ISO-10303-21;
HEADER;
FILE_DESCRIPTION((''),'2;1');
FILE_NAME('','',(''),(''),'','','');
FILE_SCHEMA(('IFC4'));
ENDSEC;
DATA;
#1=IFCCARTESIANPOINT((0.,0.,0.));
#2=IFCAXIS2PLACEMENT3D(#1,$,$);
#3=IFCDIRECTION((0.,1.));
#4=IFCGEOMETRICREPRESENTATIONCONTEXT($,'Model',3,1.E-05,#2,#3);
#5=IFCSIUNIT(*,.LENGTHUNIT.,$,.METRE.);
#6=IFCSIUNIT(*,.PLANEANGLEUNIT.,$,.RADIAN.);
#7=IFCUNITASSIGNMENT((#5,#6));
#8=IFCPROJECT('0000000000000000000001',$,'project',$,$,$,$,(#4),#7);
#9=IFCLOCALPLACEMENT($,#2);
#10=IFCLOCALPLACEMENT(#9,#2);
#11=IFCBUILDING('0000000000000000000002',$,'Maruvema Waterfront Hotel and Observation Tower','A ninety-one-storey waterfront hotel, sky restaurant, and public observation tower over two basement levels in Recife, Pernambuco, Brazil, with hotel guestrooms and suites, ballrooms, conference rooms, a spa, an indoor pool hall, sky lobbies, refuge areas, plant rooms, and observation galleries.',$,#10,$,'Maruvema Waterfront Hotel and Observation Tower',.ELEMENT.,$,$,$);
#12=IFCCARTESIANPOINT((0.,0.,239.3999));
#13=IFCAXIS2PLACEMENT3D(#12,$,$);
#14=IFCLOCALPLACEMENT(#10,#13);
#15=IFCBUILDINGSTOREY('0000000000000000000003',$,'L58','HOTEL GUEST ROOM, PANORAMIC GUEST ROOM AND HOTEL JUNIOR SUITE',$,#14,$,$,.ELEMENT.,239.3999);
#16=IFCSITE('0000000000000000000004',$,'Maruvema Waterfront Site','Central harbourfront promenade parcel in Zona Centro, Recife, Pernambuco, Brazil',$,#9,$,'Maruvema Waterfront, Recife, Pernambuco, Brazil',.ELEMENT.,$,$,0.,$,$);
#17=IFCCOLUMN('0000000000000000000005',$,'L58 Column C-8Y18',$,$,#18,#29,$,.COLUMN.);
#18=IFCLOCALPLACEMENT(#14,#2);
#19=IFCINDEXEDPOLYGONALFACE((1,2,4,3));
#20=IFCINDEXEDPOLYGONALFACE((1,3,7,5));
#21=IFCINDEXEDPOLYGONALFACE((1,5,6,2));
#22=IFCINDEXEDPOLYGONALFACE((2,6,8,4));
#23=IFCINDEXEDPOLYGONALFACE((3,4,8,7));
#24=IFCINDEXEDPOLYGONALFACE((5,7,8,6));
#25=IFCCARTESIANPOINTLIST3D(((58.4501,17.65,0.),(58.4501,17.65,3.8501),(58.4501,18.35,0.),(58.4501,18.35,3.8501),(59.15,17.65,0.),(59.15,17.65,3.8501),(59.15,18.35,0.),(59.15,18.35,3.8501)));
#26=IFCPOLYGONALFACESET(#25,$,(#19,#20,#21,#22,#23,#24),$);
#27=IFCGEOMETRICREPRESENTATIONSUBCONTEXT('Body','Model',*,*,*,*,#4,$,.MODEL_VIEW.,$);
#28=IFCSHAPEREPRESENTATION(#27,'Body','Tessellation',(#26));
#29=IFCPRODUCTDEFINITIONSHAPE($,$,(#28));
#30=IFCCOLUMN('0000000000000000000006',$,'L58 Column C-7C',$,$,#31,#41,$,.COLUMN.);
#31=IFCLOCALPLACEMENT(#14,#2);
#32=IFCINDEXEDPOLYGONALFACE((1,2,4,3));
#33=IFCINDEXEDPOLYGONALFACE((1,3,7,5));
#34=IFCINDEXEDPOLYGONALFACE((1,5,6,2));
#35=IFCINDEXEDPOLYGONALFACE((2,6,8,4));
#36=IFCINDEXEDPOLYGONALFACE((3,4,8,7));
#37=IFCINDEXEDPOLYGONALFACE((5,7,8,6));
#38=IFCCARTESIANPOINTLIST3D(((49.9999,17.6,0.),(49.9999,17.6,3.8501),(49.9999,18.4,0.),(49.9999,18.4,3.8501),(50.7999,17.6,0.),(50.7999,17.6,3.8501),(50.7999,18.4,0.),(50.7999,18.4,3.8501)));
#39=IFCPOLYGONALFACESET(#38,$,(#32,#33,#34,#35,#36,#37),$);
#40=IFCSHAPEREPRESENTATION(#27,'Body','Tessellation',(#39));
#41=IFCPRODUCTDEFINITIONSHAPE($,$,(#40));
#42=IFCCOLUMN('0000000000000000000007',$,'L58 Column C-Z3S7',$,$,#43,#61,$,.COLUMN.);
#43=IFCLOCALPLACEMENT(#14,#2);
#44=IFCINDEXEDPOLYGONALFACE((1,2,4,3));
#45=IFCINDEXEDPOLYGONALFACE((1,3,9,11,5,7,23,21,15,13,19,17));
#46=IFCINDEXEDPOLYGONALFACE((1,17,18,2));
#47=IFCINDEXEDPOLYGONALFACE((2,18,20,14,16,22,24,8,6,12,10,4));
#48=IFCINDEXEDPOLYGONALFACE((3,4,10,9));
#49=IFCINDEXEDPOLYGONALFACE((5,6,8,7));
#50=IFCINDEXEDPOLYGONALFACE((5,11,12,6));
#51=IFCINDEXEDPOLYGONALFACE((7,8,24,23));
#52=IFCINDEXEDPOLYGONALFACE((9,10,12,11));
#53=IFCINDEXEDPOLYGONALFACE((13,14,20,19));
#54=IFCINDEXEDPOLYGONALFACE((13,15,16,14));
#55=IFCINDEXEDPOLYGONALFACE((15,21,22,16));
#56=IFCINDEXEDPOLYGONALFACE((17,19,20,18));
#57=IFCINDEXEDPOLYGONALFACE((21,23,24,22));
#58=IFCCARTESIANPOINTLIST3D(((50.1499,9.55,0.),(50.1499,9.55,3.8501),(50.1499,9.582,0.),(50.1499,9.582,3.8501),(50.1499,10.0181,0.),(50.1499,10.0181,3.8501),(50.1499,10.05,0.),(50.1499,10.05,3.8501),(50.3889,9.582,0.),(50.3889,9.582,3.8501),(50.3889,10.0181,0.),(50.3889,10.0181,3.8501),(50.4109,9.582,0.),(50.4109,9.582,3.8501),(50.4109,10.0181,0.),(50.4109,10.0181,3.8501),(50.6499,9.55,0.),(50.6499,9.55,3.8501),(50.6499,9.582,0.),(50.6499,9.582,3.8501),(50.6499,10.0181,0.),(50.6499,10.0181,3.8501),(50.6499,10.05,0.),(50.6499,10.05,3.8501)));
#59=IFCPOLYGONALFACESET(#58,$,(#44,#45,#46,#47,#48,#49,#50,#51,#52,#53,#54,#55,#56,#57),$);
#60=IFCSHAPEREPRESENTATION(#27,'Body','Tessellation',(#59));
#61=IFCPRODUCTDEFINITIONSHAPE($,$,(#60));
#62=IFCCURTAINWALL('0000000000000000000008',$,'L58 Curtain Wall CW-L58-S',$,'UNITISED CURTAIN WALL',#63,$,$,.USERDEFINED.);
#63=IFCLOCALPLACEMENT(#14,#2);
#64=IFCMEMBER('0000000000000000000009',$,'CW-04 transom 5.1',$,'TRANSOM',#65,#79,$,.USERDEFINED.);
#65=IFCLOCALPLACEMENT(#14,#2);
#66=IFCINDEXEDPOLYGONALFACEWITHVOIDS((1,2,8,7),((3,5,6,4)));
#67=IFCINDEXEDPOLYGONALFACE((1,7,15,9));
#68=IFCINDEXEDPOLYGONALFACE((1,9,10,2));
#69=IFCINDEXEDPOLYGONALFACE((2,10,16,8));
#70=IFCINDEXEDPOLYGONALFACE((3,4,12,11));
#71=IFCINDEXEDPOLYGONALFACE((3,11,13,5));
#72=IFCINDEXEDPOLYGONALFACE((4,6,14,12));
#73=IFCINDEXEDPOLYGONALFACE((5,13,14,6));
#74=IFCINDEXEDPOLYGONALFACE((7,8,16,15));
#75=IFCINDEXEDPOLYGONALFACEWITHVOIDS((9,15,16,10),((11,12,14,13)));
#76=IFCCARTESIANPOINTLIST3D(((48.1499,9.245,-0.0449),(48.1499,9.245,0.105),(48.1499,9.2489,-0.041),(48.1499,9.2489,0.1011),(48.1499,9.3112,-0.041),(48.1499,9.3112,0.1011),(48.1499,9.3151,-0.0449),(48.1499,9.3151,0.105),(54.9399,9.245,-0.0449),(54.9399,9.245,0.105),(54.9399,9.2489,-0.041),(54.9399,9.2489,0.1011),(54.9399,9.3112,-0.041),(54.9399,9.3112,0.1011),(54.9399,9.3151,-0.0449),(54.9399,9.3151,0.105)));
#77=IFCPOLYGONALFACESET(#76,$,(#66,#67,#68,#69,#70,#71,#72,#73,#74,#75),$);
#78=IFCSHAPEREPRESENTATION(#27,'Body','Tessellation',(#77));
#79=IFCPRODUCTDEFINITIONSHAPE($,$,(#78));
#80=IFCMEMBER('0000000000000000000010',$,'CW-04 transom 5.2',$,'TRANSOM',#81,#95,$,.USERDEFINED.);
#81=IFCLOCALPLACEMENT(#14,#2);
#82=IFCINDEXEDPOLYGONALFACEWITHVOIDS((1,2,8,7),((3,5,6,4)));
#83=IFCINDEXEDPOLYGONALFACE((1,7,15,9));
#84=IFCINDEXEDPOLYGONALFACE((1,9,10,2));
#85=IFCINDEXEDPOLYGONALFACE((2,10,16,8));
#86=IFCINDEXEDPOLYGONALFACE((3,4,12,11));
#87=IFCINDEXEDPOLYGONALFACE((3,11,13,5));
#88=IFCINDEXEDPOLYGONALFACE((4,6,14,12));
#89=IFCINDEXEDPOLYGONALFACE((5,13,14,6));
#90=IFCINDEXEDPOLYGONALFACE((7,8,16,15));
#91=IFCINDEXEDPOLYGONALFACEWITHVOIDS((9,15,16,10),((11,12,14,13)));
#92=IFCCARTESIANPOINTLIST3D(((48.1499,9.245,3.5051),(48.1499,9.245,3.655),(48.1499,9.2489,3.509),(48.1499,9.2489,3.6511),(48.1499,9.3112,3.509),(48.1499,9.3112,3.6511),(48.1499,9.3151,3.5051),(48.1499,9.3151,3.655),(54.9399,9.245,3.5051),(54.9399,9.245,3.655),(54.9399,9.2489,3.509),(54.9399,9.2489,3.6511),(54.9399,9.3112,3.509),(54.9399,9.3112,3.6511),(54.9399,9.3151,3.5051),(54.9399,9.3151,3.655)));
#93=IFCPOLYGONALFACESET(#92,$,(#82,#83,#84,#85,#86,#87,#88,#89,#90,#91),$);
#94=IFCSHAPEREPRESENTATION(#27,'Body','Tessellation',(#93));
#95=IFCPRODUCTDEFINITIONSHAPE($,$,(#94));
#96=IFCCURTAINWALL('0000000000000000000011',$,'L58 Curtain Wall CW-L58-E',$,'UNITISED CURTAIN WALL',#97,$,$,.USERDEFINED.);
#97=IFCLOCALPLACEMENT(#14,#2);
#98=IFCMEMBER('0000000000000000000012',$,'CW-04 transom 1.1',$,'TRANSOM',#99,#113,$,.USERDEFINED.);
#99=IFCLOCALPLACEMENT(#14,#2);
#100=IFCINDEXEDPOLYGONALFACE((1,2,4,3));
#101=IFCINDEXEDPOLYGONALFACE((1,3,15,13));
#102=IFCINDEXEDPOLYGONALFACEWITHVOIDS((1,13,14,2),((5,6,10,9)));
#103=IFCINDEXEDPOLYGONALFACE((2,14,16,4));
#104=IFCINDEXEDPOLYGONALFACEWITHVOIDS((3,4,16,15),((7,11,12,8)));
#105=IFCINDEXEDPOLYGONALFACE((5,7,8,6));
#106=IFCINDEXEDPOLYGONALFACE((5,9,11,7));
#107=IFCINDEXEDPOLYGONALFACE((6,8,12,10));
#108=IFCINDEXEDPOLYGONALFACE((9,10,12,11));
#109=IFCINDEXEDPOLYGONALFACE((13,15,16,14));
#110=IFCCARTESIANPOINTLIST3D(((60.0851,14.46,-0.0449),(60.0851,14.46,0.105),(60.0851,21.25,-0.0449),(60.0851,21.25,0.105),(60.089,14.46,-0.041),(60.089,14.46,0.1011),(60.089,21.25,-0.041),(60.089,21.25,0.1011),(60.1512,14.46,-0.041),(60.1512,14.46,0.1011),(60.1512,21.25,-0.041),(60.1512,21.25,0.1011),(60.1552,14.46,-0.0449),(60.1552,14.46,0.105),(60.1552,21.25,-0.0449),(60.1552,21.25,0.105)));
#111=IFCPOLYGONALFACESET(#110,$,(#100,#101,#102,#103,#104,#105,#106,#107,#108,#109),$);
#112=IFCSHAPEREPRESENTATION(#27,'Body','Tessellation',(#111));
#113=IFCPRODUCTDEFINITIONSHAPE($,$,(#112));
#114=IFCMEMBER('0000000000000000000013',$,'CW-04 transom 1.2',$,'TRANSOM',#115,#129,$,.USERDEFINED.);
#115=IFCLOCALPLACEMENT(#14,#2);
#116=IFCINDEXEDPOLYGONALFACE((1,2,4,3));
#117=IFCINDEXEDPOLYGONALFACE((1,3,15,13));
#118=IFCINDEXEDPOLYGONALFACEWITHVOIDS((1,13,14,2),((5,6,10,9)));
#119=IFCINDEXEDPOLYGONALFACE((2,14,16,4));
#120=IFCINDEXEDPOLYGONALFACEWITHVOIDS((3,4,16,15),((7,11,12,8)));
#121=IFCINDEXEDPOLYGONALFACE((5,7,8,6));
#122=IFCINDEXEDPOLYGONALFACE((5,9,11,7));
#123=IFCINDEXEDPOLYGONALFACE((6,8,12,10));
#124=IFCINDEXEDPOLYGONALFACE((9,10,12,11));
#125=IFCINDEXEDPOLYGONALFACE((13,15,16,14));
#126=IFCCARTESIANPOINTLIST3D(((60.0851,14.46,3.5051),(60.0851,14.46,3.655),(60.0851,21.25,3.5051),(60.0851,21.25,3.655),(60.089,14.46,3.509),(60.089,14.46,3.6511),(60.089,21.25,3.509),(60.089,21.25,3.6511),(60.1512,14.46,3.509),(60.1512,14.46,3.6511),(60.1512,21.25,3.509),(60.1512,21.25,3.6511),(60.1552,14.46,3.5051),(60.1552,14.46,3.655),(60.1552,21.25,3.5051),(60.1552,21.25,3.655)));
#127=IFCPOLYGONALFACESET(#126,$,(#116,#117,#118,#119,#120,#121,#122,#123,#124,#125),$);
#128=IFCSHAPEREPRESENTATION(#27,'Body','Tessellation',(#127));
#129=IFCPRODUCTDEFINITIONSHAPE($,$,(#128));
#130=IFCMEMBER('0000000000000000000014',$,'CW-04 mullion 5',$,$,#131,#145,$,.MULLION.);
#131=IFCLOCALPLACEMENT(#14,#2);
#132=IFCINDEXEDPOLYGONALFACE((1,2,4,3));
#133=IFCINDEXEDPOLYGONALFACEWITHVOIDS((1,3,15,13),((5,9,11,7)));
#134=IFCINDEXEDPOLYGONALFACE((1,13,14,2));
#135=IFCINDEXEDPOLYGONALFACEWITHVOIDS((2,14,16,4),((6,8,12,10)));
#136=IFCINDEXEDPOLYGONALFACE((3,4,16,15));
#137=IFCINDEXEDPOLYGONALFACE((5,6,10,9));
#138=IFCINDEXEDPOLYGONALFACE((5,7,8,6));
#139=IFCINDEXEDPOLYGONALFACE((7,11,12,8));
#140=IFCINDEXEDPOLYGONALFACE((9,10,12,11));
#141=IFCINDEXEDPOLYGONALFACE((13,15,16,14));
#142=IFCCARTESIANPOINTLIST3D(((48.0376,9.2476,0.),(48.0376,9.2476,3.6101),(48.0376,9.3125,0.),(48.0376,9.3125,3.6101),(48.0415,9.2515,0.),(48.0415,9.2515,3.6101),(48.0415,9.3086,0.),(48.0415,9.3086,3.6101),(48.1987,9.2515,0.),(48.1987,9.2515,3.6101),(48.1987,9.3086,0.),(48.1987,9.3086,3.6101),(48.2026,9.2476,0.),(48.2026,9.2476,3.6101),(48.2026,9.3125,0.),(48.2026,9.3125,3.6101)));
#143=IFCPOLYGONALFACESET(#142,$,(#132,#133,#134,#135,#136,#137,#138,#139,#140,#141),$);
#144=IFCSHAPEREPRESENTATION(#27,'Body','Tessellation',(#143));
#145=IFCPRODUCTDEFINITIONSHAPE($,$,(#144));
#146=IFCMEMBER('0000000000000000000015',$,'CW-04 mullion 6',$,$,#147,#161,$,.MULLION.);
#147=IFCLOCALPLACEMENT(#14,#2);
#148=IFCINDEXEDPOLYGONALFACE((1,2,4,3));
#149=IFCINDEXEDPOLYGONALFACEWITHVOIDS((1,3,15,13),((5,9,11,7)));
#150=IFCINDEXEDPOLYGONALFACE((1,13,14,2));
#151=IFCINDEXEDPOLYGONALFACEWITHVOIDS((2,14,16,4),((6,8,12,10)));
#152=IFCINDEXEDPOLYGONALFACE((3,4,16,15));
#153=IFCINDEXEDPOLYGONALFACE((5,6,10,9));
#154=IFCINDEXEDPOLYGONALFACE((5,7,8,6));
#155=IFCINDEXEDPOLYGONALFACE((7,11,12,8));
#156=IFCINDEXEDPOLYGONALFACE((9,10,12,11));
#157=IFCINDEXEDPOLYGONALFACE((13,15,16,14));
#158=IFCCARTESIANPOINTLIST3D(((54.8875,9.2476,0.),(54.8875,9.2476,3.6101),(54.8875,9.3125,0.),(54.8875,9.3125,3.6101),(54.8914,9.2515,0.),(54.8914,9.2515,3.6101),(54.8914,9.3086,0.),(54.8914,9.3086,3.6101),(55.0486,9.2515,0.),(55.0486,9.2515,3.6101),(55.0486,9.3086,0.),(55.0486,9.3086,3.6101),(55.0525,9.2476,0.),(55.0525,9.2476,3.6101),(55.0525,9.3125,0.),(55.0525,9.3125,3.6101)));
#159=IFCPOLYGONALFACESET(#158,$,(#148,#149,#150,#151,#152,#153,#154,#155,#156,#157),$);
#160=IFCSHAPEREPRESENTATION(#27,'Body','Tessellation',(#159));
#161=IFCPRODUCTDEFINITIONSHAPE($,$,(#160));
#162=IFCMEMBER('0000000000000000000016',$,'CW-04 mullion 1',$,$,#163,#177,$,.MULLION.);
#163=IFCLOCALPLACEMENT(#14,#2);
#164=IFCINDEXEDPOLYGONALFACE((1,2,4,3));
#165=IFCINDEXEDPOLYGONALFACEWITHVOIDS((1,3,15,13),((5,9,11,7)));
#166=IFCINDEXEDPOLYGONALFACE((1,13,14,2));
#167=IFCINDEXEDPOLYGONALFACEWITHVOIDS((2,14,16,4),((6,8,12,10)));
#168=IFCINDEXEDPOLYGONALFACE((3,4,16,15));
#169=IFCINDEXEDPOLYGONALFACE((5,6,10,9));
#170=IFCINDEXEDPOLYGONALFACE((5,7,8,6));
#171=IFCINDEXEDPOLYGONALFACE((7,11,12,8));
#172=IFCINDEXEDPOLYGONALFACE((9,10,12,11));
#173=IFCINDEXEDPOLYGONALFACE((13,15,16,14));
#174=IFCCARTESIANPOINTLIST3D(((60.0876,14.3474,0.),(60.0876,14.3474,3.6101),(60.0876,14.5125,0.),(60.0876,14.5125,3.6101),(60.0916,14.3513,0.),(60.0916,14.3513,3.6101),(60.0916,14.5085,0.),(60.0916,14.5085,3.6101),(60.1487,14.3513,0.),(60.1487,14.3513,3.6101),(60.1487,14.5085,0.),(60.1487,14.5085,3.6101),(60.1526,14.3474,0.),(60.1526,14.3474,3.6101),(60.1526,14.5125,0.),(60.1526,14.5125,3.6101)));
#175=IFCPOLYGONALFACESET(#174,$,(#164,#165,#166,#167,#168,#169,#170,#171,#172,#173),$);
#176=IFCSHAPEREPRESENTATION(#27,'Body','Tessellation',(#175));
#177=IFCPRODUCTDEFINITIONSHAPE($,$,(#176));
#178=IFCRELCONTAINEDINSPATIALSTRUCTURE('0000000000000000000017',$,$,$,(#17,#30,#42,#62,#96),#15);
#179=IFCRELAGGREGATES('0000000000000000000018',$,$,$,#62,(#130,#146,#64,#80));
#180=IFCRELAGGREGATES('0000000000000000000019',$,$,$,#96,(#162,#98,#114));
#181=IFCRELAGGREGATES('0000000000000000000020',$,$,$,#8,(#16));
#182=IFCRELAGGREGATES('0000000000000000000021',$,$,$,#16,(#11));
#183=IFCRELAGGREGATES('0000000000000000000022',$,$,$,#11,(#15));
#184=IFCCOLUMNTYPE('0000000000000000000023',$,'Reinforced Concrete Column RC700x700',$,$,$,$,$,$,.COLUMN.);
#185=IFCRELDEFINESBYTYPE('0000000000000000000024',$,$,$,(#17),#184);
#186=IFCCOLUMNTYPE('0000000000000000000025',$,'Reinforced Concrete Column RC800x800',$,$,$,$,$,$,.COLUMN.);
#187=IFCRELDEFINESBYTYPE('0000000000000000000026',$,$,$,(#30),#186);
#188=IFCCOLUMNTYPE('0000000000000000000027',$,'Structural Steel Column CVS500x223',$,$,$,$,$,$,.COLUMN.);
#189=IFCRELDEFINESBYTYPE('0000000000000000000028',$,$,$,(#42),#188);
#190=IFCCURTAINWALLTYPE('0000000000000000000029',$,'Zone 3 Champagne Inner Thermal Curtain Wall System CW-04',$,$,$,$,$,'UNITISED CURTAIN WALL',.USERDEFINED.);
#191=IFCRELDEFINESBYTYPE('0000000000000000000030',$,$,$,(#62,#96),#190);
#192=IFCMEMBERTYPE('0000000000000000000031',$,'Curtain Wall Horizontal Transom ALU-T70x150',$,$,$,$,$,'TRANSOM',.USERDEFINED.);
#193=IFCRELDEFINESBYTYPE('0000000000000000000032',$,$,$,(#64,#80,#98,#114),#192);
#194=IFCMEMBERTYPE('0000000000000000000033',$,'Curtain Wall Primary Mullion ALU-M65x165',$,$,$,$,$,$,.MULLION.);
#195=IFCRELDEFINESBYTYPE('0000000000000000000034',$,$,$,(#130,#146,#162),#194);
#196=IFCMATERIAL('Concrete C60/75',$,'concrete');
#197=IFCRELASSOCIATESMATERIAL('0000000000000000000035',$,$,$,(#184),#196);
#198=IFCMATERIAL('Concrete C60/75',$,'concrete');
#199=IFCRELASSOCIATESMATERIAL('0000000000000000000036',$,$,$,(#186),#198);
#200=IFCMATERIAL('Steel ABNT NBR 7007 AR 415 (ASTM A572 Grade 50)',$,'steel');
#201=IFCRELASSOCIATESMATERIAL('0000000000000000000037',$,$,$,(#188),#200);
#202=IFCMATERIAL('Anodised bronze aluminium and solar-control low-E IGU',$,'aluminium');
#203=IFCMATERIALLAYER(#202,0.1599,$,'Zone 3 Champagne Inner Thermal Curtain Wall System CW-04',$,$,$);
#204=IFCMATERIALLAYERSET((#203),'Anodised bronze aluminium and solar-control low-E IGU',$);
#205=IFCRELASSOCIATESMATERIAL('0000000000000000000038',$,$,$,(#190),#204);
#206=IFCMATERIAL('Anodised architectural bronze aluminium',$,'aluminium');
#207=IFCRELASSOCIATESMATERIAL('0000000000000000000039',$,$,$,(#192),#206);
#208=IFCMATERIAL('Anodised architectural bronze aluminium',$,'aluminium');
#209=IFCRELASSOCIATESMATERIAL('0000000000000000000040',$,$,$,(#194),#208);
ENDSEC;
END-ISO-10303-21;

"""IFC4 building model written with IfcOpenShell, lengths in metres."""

from ifc_helpers import new_model, si_unit, direction, frame, origin, origin_2d, place, context, subcontext, project, spatial, rectangle, hollow_rectangle, i_section, extrude, material, layer, layer_set, material_profile, profile_set, type_object, element, aggregate, save


model = new_model("IFC4")

# Units and contexts
model_context = context("Model", 3, precision=1e-05, world=origin(), true_north=direction((0.0, 1.0)))
body_context = subcontext(model_context, "Body", "Model", "MODEL_VIEW")
ifc_project = project(units=[si_unit("LENGTHUNIT", "METRE"), si_unit("PLANEANGLEUNIT", "RADIAN")], contexts=[model_context])

# Site, building, storey
site_placement = place(None, origin())
site = spatial("IfcSite", under=ifc_project, at=site_placement, Name="Maruvema Waterfront Site", Description="Central harbourfront promenade parcel in Zona Centro, Recife, Pernambuco, Brazil", LongName="Maruvema Waterfront, Recife, Pernambuco, Brazil", CompositionType="ELEMENT", RefElevation=0.0)
building_placement = place(site_placement, origin())
building = spatial("IfcBuilding", under=site, at=building_placement, Name="Maruvema Waterfront Hotel and Observation Tower", Description="A ninety-one-storey waterfront hotel, sky restaurant, and public observation tower over two basement levels in Recife, Pernambuco, Brazil, with hotel guestrooms and suites, ballrooms, conference rooms, a spa, an indoor pool hall, sky lobbies, refuge areas, plant rooms, and observation galleries.", LongName="Maruvema Waterfront Hotel and Observation Tower", CompositionType="ELEMENT")
storey_placement = place(building_placement, frame((0.0, 0.0, 239.3999)))
storey = spatial("IfcBuildingStorey", under=building, at=storey_placement, Name="L58", Description="HOTEL GUEST ROOM, PANORAMIC GUEST ROOM AND HOTEL JUNIOR SUITE", CompositionType="ELEMENT", Elevation=239.3999)

# Columns
ifc_material_1 = material(Name="Concrete C60/75", Category="concrete")
ifc_material_profile_1 = material_profile(ifc_material_1, rectangle(XDim=0.7, YDim=0.7, at=origin_2d()), Name="RC700x700")
ifc_profile_set_1 = profile_set([ifc_material_profile_1], Name="Concrete C60/75")
column_type_1 = type_object("IfcColumnType", Name="Reinforced Concrete Column RC700x700", PredefinedType="COLUMN", material=ifc_profile_set_1)
column_1_placement = place(storey_placement, frame((58.8, 18.0, 0.0), z_axis=(0.0, 0.0, 1.0), x_axis=(1.0, 0.0, 0.0)))
element("IfcColumn", 1, at=column_1_placement, inside=storey, type_object=column_type_1, Name="L58 Column C-8Y18", PredefinedType="COLUMN", context=body_context, shape_type="SweptSolid", body=[
    extrude(rectangle(XDim=0.7, YDim=0.7, at=origin_2d()), origin(), (0.0, 0.0, 1.0), 3.8501),
])
ifc_material_2 = material(Name="Concrete C60/75", Category="concrete")
ifc_material_profile_2 = material_profile(ifc_material_2, rectangle(XDim=0.8, YDim=0.8, at=origin_2d()), Name="RC800x800")
ifc_profile_set_2 = profile_set([ifc_material_profile_2], Name="Concrete C60/75")
column_type_2 = type_object("IfcColumnType", Name="Reinforced Concrete Column RC800x800", PredefinedType="COLUMN", material=ifc_profile_set_2)
column_2_placement = place(storey_placement, frame((50.3999, 18.0, 0.0), z_axis=(0.0, 0.0, 1.0), x_axis=(1.0, 0.0, 0.0)))
element("IfcColumn", 2, at=column_2_placement, inside=storey, type_object=column_type_2, Name="L58 Column C-7C", PredefinedType="COLUMN", context=body_context, shape_type="SweptSolid", body=[
    extrude(rectangle(XDim=0.8, YDim=0.8, at=origin_2d()), origin(), (0.0, 0.0, 1.0), 3.8501),
])
ifc_material_3 = material(Name="Steel ABNT NBR 7007 AR 415 (ASTM A572 Grade 50)", Category="steel")
ifc_material_profile_3 = material_profile(ifc_material_3, i_section(OverallWidth=0.5, OverallDepth=0.5, WebThickness=0.022, FlangeThickness=0.032, at=origin_2d()), Name="CVS500x223")
ifc_profile_set_3 = profile_set([ifc_material_profile_3], Name="Steel ABNT NBR 7007 AR 415 (ASTM A572 Grade 50)")
column_type_3 = type_object("IfcColumnType", Name="Structural Steel Column CVS500x223", PredefinedType="COLUMN", material=ifc_profile_set_3)
column_3_placement = place(storey_placement, frame((50.3999, 9.8, 0.0), z_axis=(0.0, 0.0, 1.0), x_axis=(1.0, 0.0, 0.0)))
element("IfcColumn", 3, at=column_3_placement, inside=storey, type_object=column_type_3, Name="L58 Column C-Z3S7", PredefinedType="COLUMN", context=body_context, shape_type="SweptSolid", body=[
    extrude(i_section(OverallWidth=0.5, OverallDepth=0.5, WebThickness=0.022, FlangeThickness=0.032, at=origin_2d()), origin(), (0.0, 0.0, 1.0), 3.8501),
])

# Curtain walls, members
ifc_material_4 = material(Name="Anodised bronze aluminium and solar-control low-E IGU", Category="aluminium")
ifc_layer_1 = layer(ifc_material_4, 0.1599, Name="Zone 3 Champagne Inner Thermal Curtain Wall System CW-04")
ifc_layer_set_1 = layer_set([ifc_layer_1], Name="Anodised bronze aluminium and solar-control low-E IGU")
curtain_wall_type = type_object("IfcCurtainWallType", Name="Zone 3 Champagne Inner Thermal Curtain Wall System CW-04", ElementType="UNITISED CURTAIN WALL", PredefinedType="USERDEFINED", material=ifc_layer_set_1)
curtain_wall_1_placement = place(storey_placement, origin())
curtain_wall_1 = element("IfcCurtainWall", 4, at=curtain_wall_1_placement, inside=storey, type_object=curtain_wall_type, Name="L58 Curtain Wall CW-L58-S", ObjectType="UNITISED CURTAIN WALL", PredefinedType="USERDEFINED")
ifc_material_5 = material(Name="Anodised architectural bronze aluminium", Category="aluminium")
ifc_material_profile_4 = material_profile(ifc_material_5, hollow_rectangle(XDim=0.0701, YDim=0.1499, WallThickness=0.0039, at=origin_2d()), Name="ALU-T70x150")
ifc_profile_set_4 = profile_set([ifc_material_profile_4], Name="Anodised architectural bronze aluminium")
member_type_1 = type_object("IfcMemberType", Name="Curtain Wall Horizontal Transom ALU-T70x150", ElementType="TRANSOM", PredefinedType="USERDEFINED", material=ifc_profile_set_4)
member_1_placement = place(storey_placement, frame((48.1499, 9.28, 0.03), z_axis=(1.0, 0.0, 0.0), x_axis=(0.0, 1.0, 0.0)))
member_1 = element("IfcMember", 5, at=member_1_placement, type_object=member_type_1, Name="CW-04 transom 5.1", ObjectType="TRANSOM", PredefinedType="USERDEFINED", context=body_context, shape_type="SweptSolid", body=[
    extrude(hollow_rectangle(XDim=0.0701, YDim=0.1499, WallThickness=0.0039, at=origin_2d()), origin(), (0.0, 0.0, 1.0), 6.79),
])
member_2_placement = place(storey_placement, frame((48.1499, 9.28, 3.5801), z_axis=(1.0, 0.0, 0.0), x_axis=(0.0, 1.0, 0.0)))
member_2 = element("IfcMember", 6, at=member_2_placement, type_object=member_type_1, Name="CW-04 transom 5.2", ObjectType="TRANSOM", PredefinedType="USERDEFINED", context=body_context, shape_type="SweptSolid", body=[
    extrude(hollow_rectangle(XDim=0.0701, YDim=0.1499, WallThickness=0.0039, at=origin_2d()), origin(), (0.0, 0.0, 1.0), 6.79),
])
curtain_wall_2_placement = place(storey_placement, origin())
curtain_wall_2 = element("IfcCurtainWall", 7, at=curtain_wall_2_placement, inside=storey, type_object=curtain_wall_type, Name="L58 Curtain Wall CW-L58-E", ObjectType="UNITISED CURTAIN WALL", PredefinedType="USERDEFINED")
member_3_placement = place(storey_placement, frame((60.1201, 14.46, 0.03), z_axis=(0.0, 1.0, 0.0), x_axis=(-1.0, 0.0, 0.0)))
member_3 = element("IfcMember", 8, at=member_3_placement, type_object=member_type_1, Name="CW-04 transom 1.1", ObjectType="TRANSOM", PredefinedType="USERDEFINED", context=body_context, shape_type="SweptSolid", body=[
    extrude(hollow_rectangle(XDim=0.0701, YDim=0.1499, WallThickness=0.0039, at=origin_2d()), origin(), (0.0, 0.0, 1.0), 6.79),
])
member_4_placement = place(storey_placement, frame((60.1201, 14.46, 3.5801), z_axis=(0.0, 1.0, 0.0), x_axis=(-1.0, 0.0, 0.0)))
member_4 = element("IfcMember", 9, at=member_4_placement, type_object=member_type_1, Name="CW-04 transom 1.2", ObjectType="TRANSOM", PredefinedType="USERDEFINED", context=body_context, shape_type="SweptSolid", body=[
    extrude(hollow_rectangle(XDim=0.0701, YDim=0.1499, WallThickness=0.0039, at=origin_2d()), origin(), (0.0, 0.0, 1.0), 6.79),
])

# Members
ifc_material_6 = material(Name="Anodised architectural bronze aluminium", Category="aluminium")
ifc_material_profile_5 = material_profile(ifc_material_6, hollow_rectangle(XDim=0.0649, YDim=0.165, WallThickness=0.0039, at=origin_2d()), Name="ALU-M65x165")
ifc_profile_set_5 = profile_set([ifc_material_profile_5], Name="Anodised architectural bronze aluminium")
member_type_2 = type_object("IfcMemberType", Name="Curtain Wall Primary Mullion ALU-M65x165", PredefinedType="MULLION", material=ifc_profile_set_5)
member_5_placement = place(storey_placement, frame((48.1201, 9.28, 0.0), z_axis=(0.0, 0.0, 1.0), x_axis=(0.0, 1.0, 0.0)))
member_5 = element("IfcMember", 10, at=member_5_placement, type_object=member_type_2, Name="CW-04 mullion 5", PredefinedType="MULLION", context=body_context, shape_type="SweptSolid", body=[
    extrude(hollow_rectangle(XDim=0.0649, YDim=0.165, WallThickness=0.0039, at=origin_2d()), origin(), (0.0, 0.0, 1.0), 3.6101),
])
member_6_placement = place(storey_placement, frame((54.97, 9.28, 0.0), z_axis=(0.0, 0.0, 1.0), x_axis=(0.0, 1.0, 0.0)))
member_6 = element("IfcMember", 11, at=member_6_placement, type_object=member_type_2, Name="CW-04 mullion 6", PredefinedType="MULLION", context=body_context, shape_type="SweptSolid", body=[
    extrude(hollow_rectangle(XDim=0.0649, YDim=0.165, WallThickness=0.0039, at=origin_2d()), origin(), (0.0, 0.0, 1.0), 3.6101),
])
member_7_placement = place(storey_placement, frame((60.1201, 14.4299, 0.0), z_axis=(0.0, 0.0, 1.0), x_axis=(-1.0, 0.0, 0.0)))
member_7 = element("IfcMember", 12, at=member_7_placement, type_object=member_type_2, Name="CW-04 mullion 1", PredefinedType="MULLION", context=body_context, shape_type="SweptSolid", body=[
    extrude(hollow_rectangle(XDim=0.0649, YDim=0.165, WallThickness=0.0039, at=origin_2d()), origin(), (0.0, 0.0, 1.0), 3.6101),
])

aggregate(curtain_wall_1, [member_5, member_6, member_1, member_2])
aggregate(curtain_wall_2, [member_7, member_3, member_4])

save(model, "model.ifc")
